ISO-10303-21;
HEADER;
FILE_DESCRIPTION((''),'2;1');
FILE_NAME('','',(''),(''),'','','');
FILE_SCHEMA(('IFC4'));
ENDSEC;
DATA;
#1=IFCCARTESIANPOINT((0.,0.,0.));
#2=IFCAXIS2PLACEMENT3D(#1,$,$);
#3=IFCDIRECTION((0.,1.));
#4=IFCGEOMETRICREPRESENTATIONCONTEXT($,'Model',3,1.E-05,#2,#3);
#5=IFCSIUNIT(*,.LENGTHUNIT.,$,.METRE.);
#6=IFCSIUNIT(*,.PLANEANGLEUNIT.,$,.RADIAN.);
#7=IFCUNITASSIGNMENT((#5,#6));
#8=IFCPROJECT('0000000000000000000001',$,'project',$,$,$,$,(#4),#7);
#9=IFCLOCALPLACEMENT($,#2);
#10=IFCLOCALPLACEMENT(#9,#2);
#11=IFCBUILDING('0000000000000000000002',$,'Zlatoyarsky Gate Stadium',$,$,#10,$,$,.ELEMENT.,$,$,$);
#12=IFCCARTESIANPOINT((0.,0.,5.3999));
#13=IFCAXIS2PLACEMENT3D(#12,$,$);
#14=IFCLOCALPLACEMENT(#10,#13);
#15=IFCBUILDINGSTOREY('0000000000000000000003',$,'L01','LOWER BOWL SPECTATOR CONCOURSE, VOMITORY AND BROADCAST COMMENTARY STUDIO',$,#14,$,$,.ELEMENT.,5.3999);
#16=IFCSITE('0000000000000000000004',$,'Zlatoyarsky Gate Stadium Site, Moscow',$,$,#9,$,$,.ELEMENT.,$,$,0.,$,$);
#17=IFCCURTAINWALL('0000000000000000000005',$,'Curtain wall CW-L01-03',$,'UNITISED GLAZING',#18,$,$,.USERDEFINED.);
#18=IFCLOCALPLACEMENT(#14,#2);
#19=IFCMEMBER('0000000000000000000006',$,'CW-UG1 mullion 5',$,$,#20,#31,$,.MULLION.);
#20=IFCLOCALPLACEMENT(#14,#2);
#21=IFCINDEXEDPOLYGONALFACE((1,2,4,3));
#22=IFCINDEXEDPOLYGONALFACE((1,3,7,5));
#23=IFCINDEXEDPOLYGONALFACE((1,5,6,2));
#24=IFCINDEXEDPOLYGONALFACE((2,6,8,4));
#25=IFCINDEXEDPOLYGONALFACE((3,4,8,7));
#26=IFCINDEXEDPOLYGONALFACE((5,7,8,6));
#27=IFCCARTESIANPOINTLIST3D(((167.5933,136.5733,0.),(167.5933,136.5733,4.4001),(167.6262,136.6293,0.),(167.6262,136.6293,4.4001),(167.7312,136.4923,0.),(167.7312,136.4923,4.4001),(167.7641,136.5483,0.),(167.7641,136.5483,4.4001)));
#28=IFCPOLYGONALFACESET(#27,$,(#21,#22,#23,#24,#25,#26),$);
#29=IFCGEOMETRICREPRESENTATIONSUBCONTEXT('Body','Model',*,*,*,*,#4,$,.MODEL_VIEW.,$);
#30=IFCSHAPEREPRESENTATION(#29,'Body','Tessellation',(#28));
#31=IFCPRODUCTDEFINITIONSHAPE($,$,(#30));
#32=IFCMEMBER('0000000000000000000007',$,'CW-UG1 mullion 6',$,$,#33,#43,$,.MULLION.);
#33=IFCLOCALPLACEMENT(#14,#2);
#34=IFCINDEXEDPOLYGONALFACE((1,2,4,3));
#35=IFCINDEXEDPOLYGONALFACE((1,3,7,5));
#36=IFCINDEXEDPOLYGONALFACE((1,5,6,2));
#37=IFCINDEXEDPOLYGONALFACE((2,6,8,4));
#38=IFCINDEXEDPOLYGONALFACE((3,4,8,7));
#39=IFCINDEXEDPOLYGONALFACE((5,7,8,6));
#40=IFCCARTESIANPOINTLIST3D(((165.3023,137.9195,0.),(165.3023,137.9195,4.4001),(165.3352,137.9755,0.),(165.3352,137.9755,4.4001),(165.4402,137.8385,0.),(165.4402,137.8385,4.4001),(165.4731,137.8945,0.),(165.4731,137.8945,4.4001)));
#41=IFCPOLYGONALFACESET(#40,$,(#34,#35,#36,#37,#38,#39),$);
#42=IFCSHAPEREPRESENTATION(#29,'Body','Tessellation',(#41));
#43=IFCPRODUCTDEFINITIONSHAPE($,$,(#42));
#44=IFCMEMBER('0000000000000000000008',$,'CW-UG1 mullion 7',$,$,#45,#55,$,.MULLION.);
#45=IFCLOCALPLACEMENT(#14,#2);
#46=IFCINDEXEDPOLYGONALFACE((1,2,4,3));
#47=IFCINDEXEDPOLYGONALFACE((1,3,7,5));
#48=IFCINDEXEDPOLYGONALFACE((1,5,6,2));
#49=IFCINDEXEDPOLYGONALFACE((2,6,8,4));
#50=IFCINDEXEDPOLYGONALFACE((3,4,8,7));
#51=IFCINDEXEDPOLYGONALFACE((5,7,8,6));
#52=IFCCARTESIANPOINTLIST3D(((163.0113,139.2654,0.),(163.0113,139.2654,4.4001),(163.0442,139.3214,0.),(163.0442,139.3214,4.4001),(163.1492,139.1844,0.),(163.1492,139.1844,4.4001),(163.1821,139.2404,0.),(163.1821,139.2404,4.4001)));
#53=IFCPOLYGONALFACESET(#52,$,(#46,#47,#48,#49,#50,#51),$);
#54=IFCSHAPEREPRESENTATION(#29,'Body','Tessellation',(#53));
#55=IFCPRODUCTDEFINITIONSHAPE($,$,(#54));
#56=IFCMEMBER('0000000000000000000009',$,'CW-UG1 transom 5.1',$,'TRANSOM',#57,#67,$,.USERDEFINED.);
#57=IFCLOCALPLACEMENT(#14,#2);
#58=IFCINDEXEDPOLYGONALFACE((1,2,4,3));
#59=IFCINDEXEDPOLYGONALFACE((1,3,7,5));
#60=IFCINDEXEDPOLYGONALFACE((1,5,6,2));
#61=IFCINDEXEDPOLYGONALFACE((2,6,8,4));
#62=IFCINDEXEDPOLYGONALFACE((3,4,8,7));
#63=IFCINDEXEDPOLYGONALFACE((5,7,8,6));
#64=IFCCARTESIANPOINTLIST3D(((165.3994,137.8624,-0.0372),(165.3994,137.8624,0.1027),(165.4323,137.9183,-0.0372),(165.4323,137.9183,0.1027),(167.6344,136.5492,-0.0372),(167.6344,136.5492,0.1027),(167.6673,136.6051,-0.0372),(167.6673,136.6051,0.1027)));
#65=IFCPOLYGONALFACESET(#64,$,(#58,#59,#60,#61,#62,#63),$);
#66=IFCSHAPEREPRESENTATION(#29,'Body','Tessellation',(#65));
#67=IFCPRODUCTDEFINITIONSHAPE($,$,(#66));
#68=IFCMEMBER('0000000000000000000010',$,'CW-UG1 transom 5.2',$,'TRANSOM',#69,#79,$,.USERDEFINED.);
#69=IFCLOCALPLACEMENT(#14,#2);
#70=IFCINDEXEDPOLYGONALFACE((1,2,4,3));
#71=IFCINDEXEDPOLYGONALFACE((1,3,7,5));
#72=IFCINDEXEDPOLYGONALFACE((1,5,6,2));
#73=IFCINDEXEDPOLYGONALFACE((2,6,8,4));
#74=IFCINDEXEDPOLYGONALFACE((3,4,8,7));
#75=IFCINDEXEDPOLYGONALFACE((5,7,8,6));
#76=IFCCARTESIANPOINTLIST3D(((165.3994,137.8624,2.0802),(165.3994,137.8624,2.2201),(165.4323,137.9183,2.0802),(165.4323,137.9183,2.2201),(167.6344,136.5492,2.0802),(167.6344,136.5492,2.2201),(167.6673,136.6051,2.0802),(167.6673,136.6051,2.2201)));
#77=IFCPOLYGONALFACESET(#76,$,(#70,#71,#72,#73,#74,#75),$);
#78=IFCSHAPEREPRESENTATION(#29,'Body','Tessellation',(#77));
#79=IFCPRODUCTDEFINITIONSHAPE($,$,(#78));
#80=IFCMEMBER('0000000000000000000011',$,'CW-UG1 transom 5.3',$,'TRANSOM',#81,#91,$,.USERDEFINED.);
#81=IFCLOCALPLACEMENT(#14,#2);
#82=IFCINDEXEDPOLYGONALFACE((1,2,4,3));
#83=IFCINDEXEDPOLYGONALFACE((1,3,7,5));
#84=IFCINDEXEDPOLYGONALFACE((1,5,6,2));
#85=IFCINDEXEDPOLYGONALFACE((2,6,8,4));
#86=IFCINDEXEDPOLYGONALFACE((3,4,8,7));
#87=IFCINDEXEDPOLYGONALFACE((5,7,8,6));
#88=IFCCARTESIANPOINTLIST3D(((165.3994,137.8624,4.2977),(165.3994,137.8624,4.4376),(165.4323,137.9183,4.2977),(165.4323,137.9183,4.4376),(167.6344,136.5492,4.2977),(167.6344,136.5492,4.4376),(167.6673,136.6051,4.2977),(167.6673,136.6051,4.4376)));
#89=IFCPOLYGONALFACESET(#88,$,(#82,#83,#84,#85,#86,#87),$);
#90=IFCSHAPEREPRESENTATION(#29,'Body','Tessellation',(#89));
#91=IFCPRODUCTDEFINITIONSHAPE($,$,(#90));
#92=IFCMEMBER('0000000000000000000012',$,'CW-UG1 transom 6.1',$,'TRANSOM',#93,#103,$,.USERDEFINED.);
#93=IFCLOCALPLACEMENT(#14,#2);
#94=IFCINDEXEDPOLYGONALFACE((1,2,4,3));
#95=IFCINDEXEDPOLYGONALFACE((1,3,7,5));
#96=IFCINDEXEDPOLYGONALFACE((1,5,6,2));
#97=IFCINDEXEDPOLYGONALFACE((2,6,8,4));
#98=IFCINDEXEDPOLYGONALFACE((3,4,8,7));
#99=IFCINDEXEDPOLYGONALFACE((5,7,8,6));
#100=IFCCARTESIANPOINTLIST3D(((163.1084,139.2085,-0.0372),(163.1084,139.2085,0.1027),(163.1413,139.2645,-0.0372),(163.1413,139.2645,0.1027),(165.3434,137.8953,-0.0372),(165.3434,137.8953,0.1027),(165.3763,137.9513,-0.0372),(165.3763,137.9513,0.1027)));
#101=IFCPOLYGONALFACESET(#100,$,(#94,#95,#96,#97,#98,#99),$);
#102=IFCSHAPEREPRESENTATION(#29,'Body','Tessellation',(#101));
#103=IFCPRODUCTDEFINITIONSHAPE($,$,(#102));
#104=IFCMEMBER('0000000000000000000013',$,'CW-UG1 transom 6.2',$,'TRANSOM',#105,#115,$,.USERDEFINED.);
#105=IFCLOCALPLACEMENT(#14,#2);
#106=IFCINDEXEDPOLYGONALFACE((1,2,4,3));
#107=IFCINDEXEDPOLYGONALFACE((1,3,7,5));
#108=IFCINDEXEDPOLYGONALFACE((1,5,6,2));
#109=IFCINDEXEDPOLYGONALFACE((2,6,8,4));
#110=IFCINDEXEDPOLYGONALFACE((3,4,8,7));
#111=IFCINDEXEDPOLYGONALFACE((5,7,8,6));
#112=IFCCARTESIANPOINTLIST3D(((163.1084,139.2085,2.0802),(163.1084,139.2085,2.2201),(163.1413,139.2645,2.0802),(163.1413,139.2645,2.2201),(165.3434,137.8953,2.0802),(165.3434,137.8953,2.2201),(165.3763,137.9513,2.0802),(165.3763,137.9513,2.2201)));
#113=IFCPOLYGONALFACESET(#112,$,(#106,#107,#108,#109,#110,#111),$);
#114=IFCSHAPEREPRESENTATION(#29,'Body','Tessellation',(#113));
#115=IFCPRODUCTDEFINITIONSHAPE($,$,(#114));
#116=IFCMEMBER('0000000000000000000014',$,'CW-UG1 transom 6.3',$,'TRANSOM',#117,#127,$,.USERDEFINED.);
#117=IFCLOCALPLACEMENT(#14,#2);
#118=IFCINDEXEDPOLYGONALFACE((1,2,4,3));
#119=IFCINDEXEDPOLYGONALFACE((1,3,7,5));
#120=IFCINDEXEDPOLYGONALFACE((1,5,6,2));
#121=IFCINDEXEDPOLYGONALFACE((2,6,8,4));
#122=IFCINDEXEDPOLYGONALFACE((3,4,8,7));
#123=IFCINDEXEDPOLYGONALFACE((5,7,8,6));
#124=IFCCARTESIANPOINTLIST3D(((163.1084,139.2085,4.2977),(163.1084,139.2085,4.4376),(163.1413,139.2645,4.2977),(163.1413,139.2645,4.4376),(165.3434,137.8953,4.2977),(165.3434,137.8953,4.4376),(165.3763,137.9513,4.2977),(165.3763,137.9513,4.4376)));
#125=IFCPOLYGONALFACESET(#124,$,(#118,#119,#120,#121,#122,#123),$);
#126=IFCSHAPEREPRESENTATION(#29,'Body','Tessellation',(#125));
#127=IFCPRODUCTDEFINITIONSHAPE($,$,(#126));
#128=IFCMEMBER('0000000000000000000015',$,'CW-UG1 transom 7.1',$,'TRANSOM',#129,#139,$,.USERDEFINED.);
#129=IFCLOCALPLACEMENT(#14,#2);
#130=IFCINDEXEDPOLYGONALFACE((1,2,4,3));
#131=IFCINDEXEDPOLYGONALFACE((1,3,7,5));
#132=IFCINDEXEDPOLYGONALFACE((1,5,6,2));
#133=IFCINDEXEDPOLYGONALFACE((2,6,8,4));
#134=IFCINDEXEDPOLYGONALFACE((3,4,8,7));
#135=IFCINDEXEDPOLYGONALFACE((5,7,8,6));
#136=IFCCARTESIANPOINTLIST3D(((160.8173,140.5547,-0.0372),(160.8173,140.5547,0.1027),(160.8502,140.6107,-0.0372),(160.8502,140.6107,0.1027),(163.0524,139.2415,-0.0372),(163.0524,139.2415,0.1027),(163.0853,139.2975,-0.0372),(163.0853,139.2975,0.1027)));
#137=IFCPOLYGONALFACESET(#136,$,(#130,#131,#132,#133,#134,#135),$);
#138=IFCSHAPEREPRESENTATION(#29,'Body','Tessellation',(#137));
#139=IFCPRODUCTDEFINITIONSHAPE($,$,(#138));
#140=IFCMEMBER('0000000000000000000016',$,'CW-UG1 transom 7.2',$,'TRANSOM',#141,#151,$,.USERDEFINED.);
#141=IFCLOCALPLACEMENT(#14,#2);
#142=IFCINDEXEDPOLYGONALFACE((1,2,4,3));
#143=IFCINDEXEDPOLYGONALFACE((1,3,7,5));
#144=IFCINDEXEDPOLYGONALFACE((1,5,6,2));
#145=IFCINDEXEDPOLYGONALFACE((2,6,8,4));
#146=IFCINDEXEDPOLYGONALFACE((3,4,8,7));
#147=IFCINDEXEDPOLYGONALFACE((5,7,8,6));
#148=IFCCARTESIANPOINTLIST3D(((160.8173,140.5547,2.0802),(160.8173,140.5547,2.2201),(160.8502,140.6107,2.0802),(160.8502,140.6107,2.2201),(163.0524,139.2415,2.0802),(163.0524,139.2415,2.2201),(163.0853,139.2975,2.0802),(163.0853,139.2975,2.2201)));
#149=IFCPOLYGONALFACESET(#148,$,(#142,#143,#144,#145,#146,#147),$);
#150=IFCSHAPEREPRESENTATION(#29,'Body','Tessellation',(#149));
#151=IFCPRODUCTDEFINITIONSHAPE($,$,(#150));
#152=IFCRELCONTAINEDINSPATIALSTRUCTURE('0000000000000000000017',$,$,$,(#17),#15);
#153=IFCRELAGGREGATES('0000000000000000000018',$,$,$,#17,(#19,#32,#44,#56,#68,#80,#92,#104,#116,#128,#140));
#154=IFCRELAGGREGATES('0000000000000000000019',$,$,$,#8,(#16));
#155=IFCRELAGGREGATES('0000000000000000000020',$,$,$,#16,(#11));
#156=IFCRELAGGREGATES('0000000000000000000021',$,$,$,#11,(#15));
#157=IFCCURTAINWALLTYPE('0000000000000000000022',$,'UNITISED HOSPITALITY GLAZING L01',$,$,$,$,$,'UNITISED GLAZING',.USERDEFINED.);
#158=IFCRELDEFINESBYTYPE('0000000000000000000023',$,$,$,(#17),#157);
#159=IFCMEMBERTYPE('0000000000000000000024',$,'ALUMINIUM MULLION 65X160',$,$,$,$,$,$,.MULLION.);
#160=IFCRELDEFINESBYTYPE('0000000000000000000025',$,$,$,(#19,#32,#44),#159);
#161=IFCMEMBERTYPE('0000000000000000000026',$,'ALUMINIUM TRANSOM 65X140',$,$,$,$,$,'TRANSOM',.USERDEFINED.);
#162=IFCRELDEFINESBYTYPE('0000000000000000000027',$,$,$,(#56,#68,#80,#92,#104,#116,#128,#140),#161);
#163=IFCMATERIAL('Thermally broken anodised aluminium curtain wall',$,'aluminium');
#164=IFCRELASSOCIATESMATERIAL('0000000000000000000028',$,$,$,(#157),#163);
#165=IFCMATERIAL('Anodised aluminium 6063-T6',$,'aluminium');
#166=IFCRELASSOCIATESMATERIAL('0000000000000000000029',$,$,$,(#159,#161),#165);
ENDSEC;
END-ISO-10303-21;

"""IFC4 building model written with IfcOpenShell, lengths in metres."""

from ifc_helpers import new_model, si_unit, direction, frame, origin, origin_2d, place, context, subcontext, project, spatial, rectangle, extrude, material, material_profile, profile_set, type_object, element, aggregate, save


model = new_model("IFC4")

# Units and contexts
model_context = context("Model", 3, precision=1e-05, world=origin(), true_north=direction((0.0, 1.0)))
body_context = subcontext(model_context, "Body", "Model", "MODEL_VIEW")
ifc_project = project(units=[si_unit("LENGTHUNIT", "METRE"), si_unit("PLANEANGLEUNIT", "RADIAN")], contexts=[model_context])

# Site, building, storey
site_placement = place(None, origin())
site = spatial("IfcSite", under=ifc_project, at=site_placement, Name="Zlatoyarsky Gate Stadium Site, Moscow", CompositionType="ELEMENT", RefElevation=0.0)
building_placement = place(site_placement, origin())
building = spatial("IfcBuilding", under=site, at=building_placement, Name="Zlatoyarsky Gate Stadium", CompositionType="ELEMENT")
storey_placement = place(building_placement, frame((0.0, 0.0, 5.3999)))
storey = spatial("IfcBuildingStorey", under=building, at=storey_placement, Name="L01", Description="LOWER BOWL SPECTATOR CONCOURSE, VOMITORY AND BROADCAST COMMENTARY STUDIO", CompositionType="ELEMENT", Elevation=5.3999)

# Curtain wall, members
ifc_material_1 = material(Name="Thermally broken anodised aluminium curtain wall", Category="aluminium")
curtain_wall_type = type_object("IfcCurtainWallType", Name="UNITISED HOSPITALITY GLAZING L01", ElementType="UNITISED GLAZING", PredefinedType="USERDEFINED", material=ifc_material_1)
curtain_wall_placement = place(storey_placement, origin())
curtain_wall = element("IfcCurtainWall", 1, at=curtain_wall_placement, inside=storey, type_object=curtain_wall_type, Name="Curtain wall CW-L01-03", ObjectType="UNITISED GLAZING", PredefinedType="USERDEFINED")
ifc_material_2 = material(Name="Anodised aluminium 6063-T6", Category="aluminium")
ifc_material_profile_1 = material_profile(ifc_material_2, rectangle(XDim=0.0649, YDim=0.1599, at=origin_2d()), Name="ALU 65X160")
ifc_profile_set_1 = profile_set([ifc_material_profile_1], Name="Anodised aluminium 6063-T6")
member_type_1 = type_object("IfcMemberType", Name="ALUMINIUM MULLION 65X160", PredefinedType="MULLION", material=ifc_profile_set_1)
member_1_placement = place(storey_placement, frame((167.6787, 136.5608, 0.0), z_axis=(0.0, 0.0, 1.0), x_axis=(-0.50659, -0.862187, 0.0)))
member_1 = element("IfcMember", 2, at=member_1_placement, type_object=member_type_1, Name="CW-UG1 mullion 5", PredefinedType="MULLION", context=body_context, shape_type="SweptSolid", body=[
    extrude(rectangle(XDim=0.0649, YDim=0.1599, at=origin_2d()), origin(), (0.0, 0.0, 1.0), 4.4001),
])
member_2_placement = place(storey_placement, frame((165.3877, 137.907, 0.0), z_axis=(0.0, 0.0, 1.0), x_axis=(-0.50659, -0.862187, 0.0)))
member_2 = element("IfcMember", 3, at=member_2_placement, type_object=member_type_1, Name="CW-UG1 mullion 6", PredefinedType="MULLION", context=body_context, shape_type="SweptSolid", body=[
    extrude(rectangle(XDim=0.0649, YDim=0.1599, at=origin_2d()), origin(), (0.0, 0.0, 1.0), 4.4001),
])
member_3_placement = place(storey_placement, frame((163.0967, 139.2529, 0.0), z_axis=(0.0, 0.0, 1.0), x_axis=(-0.50659, -0.862187, 0.0)))
member_3 = element("IfcMember", 4, at=member_3_placement, type_object=member_type_1, Name="CW-UG1 mullion 7", PredefinedType="MULLION", context=body_context, shape_type="SweptSolid", body=[
    extrude(rectangle(XDim=0.0649, YDim=0.1599, at=origin_2d()), origin(), (0.0, 0.0, 1.0), 4.4001),
])
ifc_material_profile_2 = material_profile(ifc_material_2, rectangle(XDim=0.0649, YDim=0.1399, at=origin_2d()), Name="ALU 65X140")
ifc_profile_set_2 = profile_set([ifc_material_profile_2], Name="Anodised aluminium 6063-T6")
member_type_2 = type_object("IfcMemberType", Name="ALUMINIUM TRANSOM 65X140", ElementType="TRANSOM", PredefinedType="USERDEFINED", material=ifc_profile_set_2)
member_4_placement = place(storey_placement, frame((167.6509, 136.5771, 0.0327), z_axis=(-0.862193, 0.50658, 0.0), x_axis=(-0.50658, -0.862193, 0.0)))
member_4 = element("IfcMember", 5, at=member_4_placement, type_object=member_type_2, Name="CW-UG1 transom 5.1", ObjectType="TRANSOM", PredefinedType="USERDEFINED", context=body_context, shape_type="SweptSolid", body=[
    extrude(rectangle(XDim=0.0649, YDim=0.1399, at=origin_2d()), origin(), (0.0, 0.0, 1.0), 2.5923),
])
member_5_placement = place(storey_placement, frame((167.6509, 136.5771, 2.1501), z_axis=(-0.862193, 0.50658, 0.0), x_axis=(-0.50658, -0.862193, 0.0)))
member_5 = element("IfcMember", 6, at=member_5_placement, type_object=member_type_2, Name="CW-UG1 transom 5.2", ObjectType="TRANSOM", PredefinedType="USERDEFINED", context=body_context, shape_type="SweptSolid", body=[
    extrude(rectangle(XDim=0.0649, YDim=0.1399, at=origin_2d()), origin(), (0.0, 0.0, 1.0), 2.5923),
])
member_6_placement = place(storey_placement, frame((167.6509, 136.5771, 4.3677), z_axis=(-0.862193, 0.50658, 0.0), x_axis=(-0.50658, -0.862193, 0.0)))
member_6 = element("IfcMember", 7, at=member_6_placement, type_object=member_type_2, Name="CW-UG1 transom 5.3", ObjectType="TRANSOM", PredefinedType="USERDEFINED", context=body_context, shape_type="SweptSolid", body=[
    extrude(rectangle(XDim=0.0649, YDim=0.1399, at=origin_2d()), origin(), (0.0, 0.0, 1.0), 2.5923),
])
member_7_placement = place(storey_placement, frame((165.3599, 137.9233, 0.0327), z_axis=(-0.862193, 0.50658, 0.0), x_axis=(-0.50658, -0.862193, 0.0)))
member_7 = element("IfcMember", 8, at=member_7_placement, type_object=member_type_2, Name="CW-UG1 transom 6.1", ObjectType="TRANSOM", PredefinedType="USERDEFINED", context=body_context, shape_type="SweptSolid", body=[
    extrude(rectangle(XDim=0.0649, YDim=0.1399, at=origin_2d()), origin(), (0.0, 0.0, 1.0), 2.5923),
])
member_8_placement = place(storey_placement, frame((165.3599, 137.9233, 2.1501), z_axis=(-0.862193, 0.50658, 0.0), x_axis=(-0.50658, -0.862193, 0.0)))
member_8 = element("IfcMember", 9, at=member_8_placement, type_object=member_type_2, Name="CW-UG1 transom 6.2", ObjectType="TRANSOM", PredefinedType="USERDEFINED", context=body_context, shape_type="SweptSolid", body=[
    extrude(rectangle(XDim=0.0649, YDim=0.1399, at=origin_2d()), origin(), (0.0, 0.0, 1.0), 2.5923),
])
member_9_placement = place(storey_placement, frame((165.3599, 137.9233, 4.3677), z_axis=(-0.862193, 0.50658, 0.0), x_axis=(-0.50658, -0.862193, 0.0)))
member_9 = element("IfcMember", 10, at=member_9_placement, type_object=member_type_2, Name="CW-UG1 transom 6.3", ObjectType="TRANSOM", PredefinedType="USERDEFINED", context=body_context, shape_type="SweptSolid", body=[
    extrude(rectangle(XDim=0.0649, YDim=0.1399, at=origin_2d()), origin(), (0.0, 0.0, 1.0), 2.5923),
])
member_10_placement = place(storey_placement, frame((163.0688, 139.2695, 0.0327), z_axis=(-0.862193, 0.50658, 0.0), x_axis=(-0.50658, -0.862193, 0.0)))
member_10 = element("IfcMember", 11, at=member_10_placement, type_object=member_type_2, Name="CW-UG1 transom 7.1", ObjectType="TRANSOM", PredefinedType="USERDEFINED", context=body_context, shape_type="SweptSolid", body=[
    extrude(rectangle(XDim=0.0649, YDim=0.1399, at=origin_2d()), origin(), (0.0, 0.0, 1.0), 2.5923),
])
member_11_placement = place(storey_placement, frame((163.0688, 139.2695, 2.1501), z_axis=(-0.862193, 0.50658, 0.0), x_axis=(-0.50658, -0.862193, 0.0)))
member_11 = element("IfcMember", 12, at=member_11_placement, type_object=member_type_2, Name="CW-UG1 transom 7.2", ObjectType="TRANSOM", PredefinedType="USERDEFINED", context=body_context, shape_type="SweptSolid", body=[
    extrude(rectangle(XDim=0.0649, YDim=0.1399, at=origin_2d()), origin(), (0.0, 0.0, 1.0), 2.5923),
])

aggregate(curtain_wall, [member_1, member_2, member_3, member_4, member_5, member_6, member_7, member_8, member_9, member_10, member_11])

save(model, "model.ifc")
